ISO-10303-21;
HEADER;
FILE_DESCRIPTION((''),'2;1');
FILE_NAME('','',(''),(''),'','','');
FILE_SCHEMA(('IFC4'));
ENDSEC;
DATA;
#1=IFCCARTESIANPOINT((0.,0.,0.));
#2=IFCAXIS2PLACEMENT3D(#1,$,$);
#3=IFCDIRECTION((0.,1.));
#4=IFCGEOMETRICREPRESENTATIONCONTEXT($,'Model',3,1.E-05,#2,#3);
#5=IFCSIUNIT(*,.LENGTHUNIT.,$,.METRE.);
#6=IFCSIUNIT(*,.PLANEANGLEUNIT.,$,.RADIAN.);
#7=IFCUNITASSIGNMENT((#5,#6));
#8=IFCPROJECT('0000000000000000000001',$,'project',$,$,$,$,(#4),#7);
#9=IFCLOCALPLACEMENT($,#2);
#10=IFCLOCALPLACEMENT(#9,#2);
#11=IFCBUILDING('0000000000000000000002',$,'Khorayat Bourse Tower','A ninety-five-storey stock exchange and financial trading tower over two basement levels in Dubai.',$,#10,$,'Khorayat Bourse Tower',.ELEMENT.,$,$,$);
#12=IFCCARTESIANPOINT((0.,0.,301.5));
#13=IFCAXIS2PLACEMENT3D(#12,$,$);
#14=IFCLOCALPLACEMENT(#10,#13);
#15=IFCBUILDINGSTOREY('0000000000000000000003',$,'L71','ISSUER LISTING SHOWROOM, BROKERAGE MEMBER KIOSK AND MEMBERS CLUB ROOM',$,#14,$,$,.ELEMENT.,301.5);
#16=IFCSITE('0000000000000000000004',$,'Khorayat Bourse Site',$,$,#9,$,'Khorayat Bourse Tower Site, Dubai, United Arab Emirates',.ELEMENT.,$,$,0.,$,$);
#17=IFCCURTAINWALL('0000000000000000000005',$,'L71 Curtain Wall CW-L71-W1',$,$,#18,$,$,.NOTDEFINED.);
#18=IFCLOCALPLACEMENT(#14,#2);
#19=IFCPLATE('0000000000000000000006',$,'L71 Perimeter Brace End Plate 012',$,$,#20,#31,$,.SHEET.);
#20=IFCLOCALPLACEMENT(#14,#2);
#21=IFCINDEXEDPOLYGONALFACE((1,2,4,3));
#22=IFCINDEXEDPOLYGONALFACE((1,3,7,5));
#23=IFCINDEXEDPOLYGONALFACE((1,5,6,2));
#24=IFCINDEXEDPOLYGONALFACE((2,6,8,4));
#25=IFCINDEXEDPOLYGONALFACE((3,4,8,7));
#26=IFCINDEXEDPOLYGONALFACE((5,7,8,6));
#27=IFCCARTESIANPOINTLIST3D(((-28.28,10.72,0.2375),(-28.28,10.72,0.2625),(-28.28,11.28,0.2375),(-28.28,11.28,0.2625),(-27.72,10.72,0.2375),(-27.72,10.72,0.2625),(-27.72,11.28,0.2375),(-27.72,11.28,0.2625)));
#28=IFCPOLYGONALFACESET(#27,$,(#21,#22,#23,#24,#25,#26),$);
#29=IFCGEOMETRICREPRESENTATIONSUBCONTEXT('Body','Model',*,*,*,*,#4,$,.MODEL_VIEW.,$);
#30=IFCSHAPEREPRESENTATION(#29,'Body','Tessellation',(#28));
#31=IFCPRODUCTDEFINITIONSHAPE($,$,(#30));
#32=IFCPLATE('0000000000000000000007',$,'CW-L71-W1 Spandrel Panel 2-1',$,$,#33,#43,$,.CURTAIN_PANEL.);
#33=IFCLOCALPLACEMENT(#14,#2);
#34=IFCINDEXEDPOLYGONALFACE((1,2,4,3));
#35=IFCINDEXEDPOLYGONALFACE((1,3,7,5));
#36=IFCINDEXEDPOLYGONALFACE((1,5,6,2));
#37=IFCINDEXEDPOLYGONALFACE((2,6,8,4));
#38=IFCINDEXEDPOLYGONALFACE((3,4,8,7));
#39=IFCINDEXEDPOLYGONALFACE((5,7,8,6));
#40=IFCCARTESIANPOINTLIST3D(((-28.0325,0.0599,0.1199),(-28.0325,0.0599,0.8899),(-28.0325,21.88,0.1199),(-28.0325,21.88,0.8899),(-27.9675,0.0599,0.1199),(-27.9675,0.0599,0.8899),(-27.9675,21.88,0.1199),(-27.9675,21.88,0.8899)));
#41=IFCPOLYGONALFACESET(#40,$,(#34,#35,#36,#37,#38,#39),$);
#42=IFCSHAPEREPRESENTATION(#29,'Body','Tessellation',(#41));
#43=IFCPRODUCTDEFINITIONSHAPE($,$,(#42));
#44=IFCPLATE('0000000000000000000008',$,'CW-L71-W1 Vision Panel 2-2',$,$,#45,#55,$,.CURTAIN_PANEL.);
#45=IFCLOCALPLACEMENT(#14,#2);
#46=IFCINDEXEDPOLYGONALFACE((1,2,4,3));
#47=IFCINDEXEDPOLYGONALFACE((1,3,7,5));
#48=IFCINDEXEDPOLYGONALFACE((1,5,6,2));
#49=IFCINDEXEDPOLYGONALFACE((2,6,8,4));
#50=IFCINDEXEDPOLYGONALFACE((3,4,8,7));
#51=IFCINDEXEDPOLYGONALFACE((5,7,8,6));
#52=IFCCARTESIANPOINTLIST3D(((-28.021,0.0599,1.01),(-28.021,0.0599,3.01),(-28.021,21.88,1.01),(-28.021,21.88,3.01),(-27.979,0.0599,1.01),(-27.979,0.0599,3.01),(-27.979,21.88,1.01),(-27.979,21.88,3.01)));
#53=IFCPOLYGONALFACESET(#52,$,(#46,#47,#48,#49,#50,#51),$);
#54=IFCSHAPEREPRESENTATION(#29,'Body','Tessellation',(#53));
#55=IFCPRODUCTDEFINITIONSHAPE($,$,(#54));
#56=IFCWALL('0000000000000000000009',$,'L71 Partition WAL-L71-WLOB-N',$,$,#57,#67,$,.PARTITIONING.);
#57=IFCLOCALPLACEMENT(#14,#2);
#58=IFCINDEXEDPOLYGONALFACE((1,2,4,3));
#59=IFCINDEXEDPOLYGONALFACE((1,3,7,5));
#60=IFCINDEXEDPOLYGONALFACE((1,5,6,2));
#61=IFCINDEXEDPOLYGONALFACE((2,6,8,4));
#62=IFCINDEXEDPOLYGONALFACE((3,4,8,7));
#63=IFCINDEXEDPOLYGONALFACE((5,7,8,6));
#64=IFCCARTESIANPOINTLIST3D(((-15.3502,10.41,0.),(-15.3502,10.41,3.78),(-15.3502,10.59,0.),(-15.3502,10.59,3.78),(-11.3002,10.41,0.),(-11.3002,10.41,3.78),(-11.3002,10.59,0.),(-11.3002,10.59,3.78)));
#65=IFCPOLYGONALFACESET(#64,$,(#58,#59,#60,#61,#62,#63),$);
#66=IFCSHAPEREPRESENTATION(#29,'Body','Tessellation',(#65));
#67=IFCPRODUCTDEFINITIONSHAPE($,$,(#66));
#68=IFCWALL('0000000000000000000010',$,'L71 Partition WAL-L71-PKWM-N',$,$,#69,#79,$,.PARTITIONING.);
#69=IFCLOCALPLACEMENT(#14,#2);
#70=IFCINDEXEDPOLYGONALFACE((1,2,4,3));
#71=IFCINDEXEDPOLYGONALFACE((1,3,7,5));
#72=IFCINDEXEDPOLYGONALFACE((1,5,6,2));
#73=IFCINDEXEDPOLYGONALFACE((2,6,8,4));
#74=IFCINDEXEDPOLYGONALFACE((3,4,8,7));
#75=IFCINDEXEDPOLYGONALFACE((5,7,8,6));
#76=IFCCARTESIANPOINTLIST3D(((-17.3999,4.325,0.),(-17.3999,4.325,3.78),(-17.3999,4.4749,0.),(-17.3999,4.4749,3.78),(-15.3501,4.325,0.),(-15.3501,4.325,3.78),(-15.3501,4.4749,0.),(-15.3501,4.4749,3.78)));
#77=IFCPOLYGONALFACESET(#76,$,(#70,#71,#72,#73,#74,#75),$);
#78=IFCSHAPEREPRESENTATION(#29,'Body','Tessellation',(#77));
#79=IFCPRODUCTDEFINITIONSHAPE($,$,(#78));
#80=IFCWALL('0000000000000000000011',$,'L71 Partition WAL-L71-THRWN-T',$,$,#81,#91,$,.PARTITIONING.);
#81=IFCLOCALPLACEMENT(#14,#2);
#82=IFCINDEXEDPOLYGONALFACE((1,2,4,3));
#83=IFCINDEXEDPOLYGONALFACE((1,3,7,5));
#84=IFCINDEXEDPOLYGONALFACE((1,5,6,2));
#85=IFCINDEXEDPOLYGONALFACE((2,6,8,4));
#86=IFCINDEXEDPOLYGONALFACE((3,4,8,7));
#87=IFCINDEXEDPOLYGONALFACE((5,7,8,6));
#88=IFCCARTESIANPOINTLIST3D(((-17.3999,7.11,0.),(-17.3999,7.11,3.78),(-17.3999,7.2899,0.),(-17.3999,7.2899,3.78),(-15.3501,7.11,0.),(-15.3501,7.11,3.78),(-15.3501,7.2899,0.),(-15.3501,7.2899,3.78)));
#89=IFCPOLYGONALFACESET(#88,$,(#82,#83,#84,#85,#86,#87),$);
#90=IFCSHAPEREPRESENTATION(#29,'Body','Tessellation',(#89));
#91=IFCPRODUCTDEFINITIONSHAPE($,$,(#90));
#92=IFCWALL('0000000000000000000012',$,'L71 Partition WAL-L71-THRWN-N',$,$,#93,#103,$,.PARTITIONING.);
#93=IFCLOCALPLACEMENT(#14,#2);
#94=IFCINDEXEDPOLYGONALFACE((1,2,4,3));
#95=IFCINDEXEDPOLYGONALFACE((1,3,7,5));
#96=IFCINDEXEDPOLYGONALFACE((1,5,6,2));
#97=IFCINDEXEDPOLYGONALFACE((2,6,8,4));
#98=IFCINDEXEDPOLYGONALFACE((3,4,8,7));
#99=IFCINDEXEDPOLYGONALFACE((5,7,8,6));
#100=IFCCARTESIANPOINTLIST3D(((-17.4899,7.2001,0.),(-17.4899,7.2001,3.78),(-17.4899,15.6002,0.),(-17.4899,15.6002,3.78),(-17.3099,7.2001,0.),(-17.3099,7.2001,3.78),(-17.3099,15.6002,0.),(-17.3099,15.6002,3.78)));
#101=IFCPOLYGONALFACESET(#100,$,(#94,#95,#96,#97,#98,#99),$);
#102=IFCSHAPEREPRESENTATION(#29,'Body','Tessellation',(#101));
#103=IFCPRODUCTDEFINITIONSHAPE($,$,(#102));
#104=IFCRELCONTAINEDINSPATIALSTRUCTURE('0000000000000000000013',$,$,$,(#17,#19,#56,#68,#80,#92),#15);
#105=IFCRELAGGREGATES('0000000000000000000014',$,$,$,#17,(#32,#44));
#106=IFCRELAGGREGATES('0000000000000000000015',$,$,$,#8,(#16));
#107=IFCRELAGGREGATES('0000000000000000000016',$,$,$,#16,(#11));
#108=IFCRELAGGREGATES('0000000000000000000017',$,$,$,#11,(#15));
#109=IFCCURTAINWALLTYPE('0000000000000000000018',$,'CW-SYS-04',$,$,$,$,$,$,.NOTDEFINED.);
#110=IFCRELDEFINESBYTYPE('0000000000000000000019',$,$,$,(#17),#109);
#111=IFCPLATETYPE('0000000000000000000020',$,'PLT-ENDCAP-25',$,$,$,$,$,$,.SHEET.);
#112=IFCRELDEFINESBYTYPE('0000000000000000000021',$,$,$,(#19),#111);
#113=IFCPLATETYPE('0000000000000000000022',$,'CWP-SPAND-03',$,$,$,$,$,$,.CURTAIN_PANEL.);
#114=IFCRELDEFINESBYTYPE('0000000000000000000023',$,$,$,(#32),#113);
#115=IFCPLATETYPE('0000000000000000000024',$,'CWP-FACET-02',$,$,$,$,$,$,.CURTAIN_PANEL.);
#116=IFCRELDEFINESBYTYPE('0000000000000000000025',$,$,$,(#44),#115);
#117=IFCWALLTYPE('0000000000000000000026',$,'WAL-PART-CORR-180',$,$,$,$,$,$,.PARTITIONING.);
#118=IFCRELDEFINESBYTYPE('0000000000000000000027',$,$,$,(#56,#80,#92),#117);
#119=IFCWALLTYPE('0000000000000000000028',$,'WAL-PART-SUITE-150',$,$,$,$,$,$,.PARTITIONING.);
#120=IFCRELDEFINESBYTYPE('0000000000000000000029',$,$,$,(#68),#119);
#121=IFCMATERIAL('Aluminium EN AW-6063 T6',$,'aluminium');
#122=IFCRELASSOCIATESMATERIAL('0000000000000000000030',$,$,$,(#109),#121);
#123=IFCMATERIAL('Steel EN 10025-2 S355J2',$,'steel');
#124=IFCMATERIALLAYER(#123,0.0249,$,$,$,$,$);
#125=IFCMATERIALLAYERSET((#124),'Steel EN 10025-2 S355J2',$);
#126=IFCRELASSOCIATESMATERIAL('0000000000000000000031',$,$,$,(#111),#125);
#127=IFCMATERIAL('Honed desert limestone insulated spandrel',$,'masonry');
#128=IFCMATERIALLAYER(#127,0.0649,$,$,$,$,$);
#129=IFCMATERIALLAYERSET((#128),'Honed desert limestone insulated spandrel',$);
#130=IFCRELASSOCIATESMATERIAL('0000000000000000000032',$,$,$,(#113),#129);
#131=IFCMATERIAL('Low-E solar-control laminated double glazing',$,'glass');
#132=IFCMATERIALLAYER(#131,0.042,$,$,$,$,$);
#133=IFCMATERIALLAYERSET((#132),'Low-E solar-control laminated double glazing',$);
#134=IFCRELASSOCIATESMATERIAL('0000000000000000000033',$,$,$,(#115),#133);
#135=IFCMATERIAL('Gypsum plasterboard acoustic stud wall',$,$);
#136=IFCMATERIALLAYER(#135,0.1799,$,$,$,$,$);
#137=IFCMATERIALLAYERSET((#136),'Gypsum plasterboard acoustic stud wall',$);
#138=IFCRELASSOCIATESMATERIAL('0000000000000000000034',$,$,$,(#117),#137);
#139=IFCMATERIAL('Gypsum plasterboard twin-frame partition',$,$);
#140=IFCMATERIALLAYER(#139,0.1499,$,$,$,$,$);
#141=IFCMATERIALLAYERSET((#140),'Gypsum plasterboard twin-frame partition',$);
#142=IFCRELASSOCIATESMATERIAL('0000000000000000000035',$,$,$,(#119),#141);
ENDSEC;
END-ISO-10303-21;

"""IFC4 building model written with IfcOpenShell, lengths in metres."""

from ifc_helpers import new_model, si_unit, direction, frame, frame_2d, origin, origin_2d, place, context, subcontext, project, spatial, rectangle, extrude, source, transform, mapped, material, layer, layer_set, type_object, element, aggregate, save


model = new_model("IFC4")

# Units and contexts
model_context = context("Model", 3, precision=1e-05, world=origin(), true_north=direction((0.0, 1.0)))
body_context = subcontext(model_context, "Body", "Model", "MODEL_VIEW")
ifc_project = project(units=[si_unit("LENGTHUNIT", "METRE"), si_unit("PLANEANGLEUNIT", "RADIAN")], contexts=[model_context])

# Site, building, storey
site_placement = place(None, origin())
site = spatial("IfcSite", under=ifc_project, at=site_placement, Name="Khorayat Bourse Site", LongName="Khorayat Bourse Tower Site, Dubai, United Arab Emirates", CompositionType="ELEMENT", RefElevation=0.0)
building_placement = place(site_placement, origin())
building = spatial("IfcBuilding", under=site, at=building_placement, Name="Khorayat Bourse Tower", Description="A ninety-five-storey stock exchange and financial trading tower over two basement levels in Dubai.", LongName="Khorayat Bourse Tower", CompositionType="ELEMENT")
storey_placement = place(building_placement, frame((0.0, 0.0, 301.5)))
storey = spatial("IfcBuildingStorey", under=building, at=storey_placement, Name="L71", Description="ISSUER LISTING SHOWROOM, BROKERAGE MEMBER KIOSK AND MEMBERS CLUB ROOM", CompositionType="ELEMENT", Elevation=301.5)

# Curtain wall
ifc_material_1 = material(Name="Aluminium EN AW-6063 T6", Category="aluminium")
curtain_wall_type = type_object("IfcCurtainWallType", Name="CW-SYS-04", PredefinedType="NOTDEFINED", material=ifc_material_1)
curtain_wall_placement = place(storey_placement, origin())
curtain_wall = element("IfcCurtainWall", 1, at=curtain_wall_placement, inside=storey, type_object=curtain_wall_type, Name="L71 Curtain Wall CW-L71-W1", PredefinedType="NOTDEFINED")

# Plate
ifc_material_2 = material(Name="Steel EN 10025-2 S355J2", Category="steel")
ifc_layer_1 = layer(ifc_material_2, 0.0249)
ifc_layer_set_1 = layer_set([ifc_layer_1], Name="Steel EN 10025-2 S355J2")
plate_type_1 = type_object("IfcPlateType", Name="PLT-ENDCAP-25", PredefinedType="SHEET", material=ifc_layer_set_1)
shared_shape_1 = source(origin(), body_context, "Body", "SweptSolid", [
    extrude(rectangle(XDim=0.5601, YDim=0.5601, at=origin_2d()), origin(), (0.0, 0.0, 1.0), 0.0249),
])
for number, where, z_axis, x_axis, name in (
    (2, (-28.0, 11.0, 0.2375), (0.0, 0.0, 1.0), (1.0, 0.0, 0.0), "L71 Perimeter Brace End Plate 012"),
):
    element("IfcPlate", number, at=place(storey_placement, frame(where, z_axis=z_axis, x_axis=x_axis)), inside=storey, type_object=plate_type_1, Name=name, PredefinedType="SHEET", context=body_context, shape_type="MappedRepresentation", body=[
        mapped(shared_shape_1, transform((0.0, 0.0, 0.0), scale=1.0)),
    ])

# Plates
ifc_material_3 = material(Name="Honed desert limestone insulated spandrel", Category="masonry")
ifc_layer_2 = layer(ifc_material_3, 0.0649)
ifc_layer_set_2 = layer_set([ifc_layer_2], Name="Honed desert limestone insulated spandrel")
plate_type_2 = type_object("IfcPlateType", Name="CWP-SPAND-03", PredefinedType="CURTAIN_PANEL", material=ifc_layer_set_2)
shared_shape_2 = source(origin(), body_context, "Body", "SweptSolid", [
    extrude(rectangle(XDim=21.8201, YDim=0.0649, at=origin_2d()), origin(), (0.0, 0.0, 1.0), 0.77),
])
plate_1_placement = place(storey_placement, frame((-28.0, 10.97, 0.1199), z_axis=(0.0, 0.0, 1.0), x_axis=(0.0, 1.0, 0.0)))
plate_1 = element("IfcPlate", 3, at=plate_1_placement, type_object=plate_type_2, Name="CW-L71-W1 Spandrel Panel 2-1", PredefinedType="CURTAIN_PANEL", context=body_context, shape_type="MappedRepresentation", body=[
    mapped(shared_shape_2, transform((0.0, 0.0, 0.0), scale=1.0)),
])
ifc_material_4 = material(Name="Low-E solar-control laminated double glazing", Category="glass")
ifc_layer_3 = layer(ifc_material_4, 0.042)
ifc_layer_set_3 = layer_set([ifc_layer_3], Name="Low-E solar-control laminated double glazing")
plate_type_3 = type_object("IfcPlateType", Name="CWP-FACET-02", PredefinedType="CURTAIN_PANEL", material=ifc_layer_set_3)
shared_shape_3 = source(origin(), body_context, "Body", "SweptSolid", [
    extrude(rectangle(XDim=21.8201, YDim=0.042, at=origin_2d()), origin(), (0.0, 0.0, 1.0), 2.0),
])
plate_2_placement = place(storey_placement, frame((-28.0, 10.97, 1.01), z_axis=(0.0, 0.0, 1.0), x_axis=(0.0, 1.0, 0.0)))
plate_2 = element("IfcPlate", 4, at=plate_2_placement, type_object=plate_type_3, Name="CW-L71-W1 Vision Panel 2-2", PredefinedType="CURTAIN_PANEL", context=body_context, shape_type="MappedRepresentation", body=[
    mapped(shared_shape_3, transform((0.0, 0.0, 0.0), scale=1.0)),
])
aggregate(curtain_wall, [plate_1, plate_2])

# Walls
ifc_material_5 = material(Name="Gypsum plasterboard acoustic stud wall")
ifc_layer_4 = layer(ifc_material_5, 0.1799)
ifc_layer_set_4 = layer_set([ifc_layer_4], Name="Gypsum plasterboard acoustic stud wall")
wall_type_1 = type_object("IfcWallType", Name="WAL-PART-CORR-180", PredefinedType="PARTITIONING", material=ifc_layer_set_4)
shared_shape_4 = source(origin(), body_context, "Body", "SweptSolid", [
    extrude(rectangle(XDim=4.05, YDim=0.1799, at=frame_2d((2.0249, 0.0))), origin(), (0.0, 0.0, 1.0), 3.78),
])
wall_1_placement = place(storey_placement, frame((-15.3501, 10.5, 0.0), z_axis=(0.0, 0.0, 1.0), x_axis=(1.0, 0.0, 0.0)))
element("IfcWall", 5, at=wall_1_placement, inside=storey, type_object=wall_type_1, Name="L71 Partition WAL-L71-WLOB-N", PredefinedType="PARTITIONING", context=body_context, shape_type="MappedRepresentation", body=[
    mapped(shared_shape_4, transform((0.0, 0.0, 0.0), scale=1.0)),
])
ifc_material_6 = material(Name="Gypsum plasterboard twin-frame partition")
ifc_layer_5 = layer(ifc_material_6, 0.1499)
ifc_layer_set_5 = layer_set([ifc_layer_5], Name="Gypsum plasterboard twin-frame partition")
wall_type_2 = type_object("IfcWallType", Name="WAL-PART-SUITE-150", PredefinedType="PARTITIONING", material=ifc_layer_set_5)
shared_shape_5 = source(origin(), body_context, "Body", "SweptSolid", [
    extrude(rectangle(XDim=2.0498, YDim=0.1499, at=frame_2d((1.0249, 0.0))), origin(), (0.0, 0.0, 1.0), 3.78),
])
wall_2_placement = place(storey_placement, frame((-17.3999, 4.3999, 0.0), z_axis=(0.0, 0.0, 1.0), x_axis=(1.0, 0.0, 0.0)))
element("IfcWall", 6, at=wall_2_placement, inside=storey, type_object=wall_type_2, Name="L71 Partition WAL-L71-PKWM-N", PredefinedType="PARTITIONING", context=body_context, shape_type="MappedRepresentation", body=[
    mapped(shared_shape_5, transform((0.0, 0.0, 0.0), scale=1.0)),
])
shared_shape_6 = source(origin(), body_context, "Body", "SweptSolid", [
    extrude(rectangle(XDim=2.0498, YDim=0.1799, at=frame_2d((1.0249, 0.0))), origin(), (0.0, 0.0, 1.0), 3.78),
])
wall_3_placement = place(storey_placement, frame((-17.3999, 7.2, 0.0), z_axis=(0.0, 0.0, 1.0), x_axis=(1.0, 0.0, 0.0)))
element("IfcWall", 7, at=wall_3_placement, inside=storey, type_object=wall_type_1, Name="L71 Partition WAL-L71-THRWN-T", PredefinedType="PARTITIONING", context=body_context, shape_type="MappedRepresentation", body=[
    mapped(shared_shape_6, transform((0.0, 0.0, 0.0), scale=1.0)),
])
shared_shape_7 = source(origin(), body_context, "Body", "SweptSolid", [
    extrude(rectangle(XDim=8.4001, YDim=0.1799, at=frame_2d((4.2002, 0.0))), origin(), (0.0, 0.0, 1.0), 3.78),
])
wall_4_placement = place(storey_placement, frame((-17.3999, 7.2, 0.0), z_axis=(0.0, 0.0, 1.0), x_axis=(0.0, 1.0, 0.0)))
element("IfcWall", 8, at=wall_4_placement, inside=storey, type_object=wall_type_1, Name="L71 Partition WAL-L71-THRWN-N", PredefinedType="PARTITIONING", context=body_context, shape_type="MappedRepresentation", body=[
    mapped(shared_shape_7, transform((0.0, 0.0, 0.0), scale=1.0)),
])

save(model, "model.ifc")
